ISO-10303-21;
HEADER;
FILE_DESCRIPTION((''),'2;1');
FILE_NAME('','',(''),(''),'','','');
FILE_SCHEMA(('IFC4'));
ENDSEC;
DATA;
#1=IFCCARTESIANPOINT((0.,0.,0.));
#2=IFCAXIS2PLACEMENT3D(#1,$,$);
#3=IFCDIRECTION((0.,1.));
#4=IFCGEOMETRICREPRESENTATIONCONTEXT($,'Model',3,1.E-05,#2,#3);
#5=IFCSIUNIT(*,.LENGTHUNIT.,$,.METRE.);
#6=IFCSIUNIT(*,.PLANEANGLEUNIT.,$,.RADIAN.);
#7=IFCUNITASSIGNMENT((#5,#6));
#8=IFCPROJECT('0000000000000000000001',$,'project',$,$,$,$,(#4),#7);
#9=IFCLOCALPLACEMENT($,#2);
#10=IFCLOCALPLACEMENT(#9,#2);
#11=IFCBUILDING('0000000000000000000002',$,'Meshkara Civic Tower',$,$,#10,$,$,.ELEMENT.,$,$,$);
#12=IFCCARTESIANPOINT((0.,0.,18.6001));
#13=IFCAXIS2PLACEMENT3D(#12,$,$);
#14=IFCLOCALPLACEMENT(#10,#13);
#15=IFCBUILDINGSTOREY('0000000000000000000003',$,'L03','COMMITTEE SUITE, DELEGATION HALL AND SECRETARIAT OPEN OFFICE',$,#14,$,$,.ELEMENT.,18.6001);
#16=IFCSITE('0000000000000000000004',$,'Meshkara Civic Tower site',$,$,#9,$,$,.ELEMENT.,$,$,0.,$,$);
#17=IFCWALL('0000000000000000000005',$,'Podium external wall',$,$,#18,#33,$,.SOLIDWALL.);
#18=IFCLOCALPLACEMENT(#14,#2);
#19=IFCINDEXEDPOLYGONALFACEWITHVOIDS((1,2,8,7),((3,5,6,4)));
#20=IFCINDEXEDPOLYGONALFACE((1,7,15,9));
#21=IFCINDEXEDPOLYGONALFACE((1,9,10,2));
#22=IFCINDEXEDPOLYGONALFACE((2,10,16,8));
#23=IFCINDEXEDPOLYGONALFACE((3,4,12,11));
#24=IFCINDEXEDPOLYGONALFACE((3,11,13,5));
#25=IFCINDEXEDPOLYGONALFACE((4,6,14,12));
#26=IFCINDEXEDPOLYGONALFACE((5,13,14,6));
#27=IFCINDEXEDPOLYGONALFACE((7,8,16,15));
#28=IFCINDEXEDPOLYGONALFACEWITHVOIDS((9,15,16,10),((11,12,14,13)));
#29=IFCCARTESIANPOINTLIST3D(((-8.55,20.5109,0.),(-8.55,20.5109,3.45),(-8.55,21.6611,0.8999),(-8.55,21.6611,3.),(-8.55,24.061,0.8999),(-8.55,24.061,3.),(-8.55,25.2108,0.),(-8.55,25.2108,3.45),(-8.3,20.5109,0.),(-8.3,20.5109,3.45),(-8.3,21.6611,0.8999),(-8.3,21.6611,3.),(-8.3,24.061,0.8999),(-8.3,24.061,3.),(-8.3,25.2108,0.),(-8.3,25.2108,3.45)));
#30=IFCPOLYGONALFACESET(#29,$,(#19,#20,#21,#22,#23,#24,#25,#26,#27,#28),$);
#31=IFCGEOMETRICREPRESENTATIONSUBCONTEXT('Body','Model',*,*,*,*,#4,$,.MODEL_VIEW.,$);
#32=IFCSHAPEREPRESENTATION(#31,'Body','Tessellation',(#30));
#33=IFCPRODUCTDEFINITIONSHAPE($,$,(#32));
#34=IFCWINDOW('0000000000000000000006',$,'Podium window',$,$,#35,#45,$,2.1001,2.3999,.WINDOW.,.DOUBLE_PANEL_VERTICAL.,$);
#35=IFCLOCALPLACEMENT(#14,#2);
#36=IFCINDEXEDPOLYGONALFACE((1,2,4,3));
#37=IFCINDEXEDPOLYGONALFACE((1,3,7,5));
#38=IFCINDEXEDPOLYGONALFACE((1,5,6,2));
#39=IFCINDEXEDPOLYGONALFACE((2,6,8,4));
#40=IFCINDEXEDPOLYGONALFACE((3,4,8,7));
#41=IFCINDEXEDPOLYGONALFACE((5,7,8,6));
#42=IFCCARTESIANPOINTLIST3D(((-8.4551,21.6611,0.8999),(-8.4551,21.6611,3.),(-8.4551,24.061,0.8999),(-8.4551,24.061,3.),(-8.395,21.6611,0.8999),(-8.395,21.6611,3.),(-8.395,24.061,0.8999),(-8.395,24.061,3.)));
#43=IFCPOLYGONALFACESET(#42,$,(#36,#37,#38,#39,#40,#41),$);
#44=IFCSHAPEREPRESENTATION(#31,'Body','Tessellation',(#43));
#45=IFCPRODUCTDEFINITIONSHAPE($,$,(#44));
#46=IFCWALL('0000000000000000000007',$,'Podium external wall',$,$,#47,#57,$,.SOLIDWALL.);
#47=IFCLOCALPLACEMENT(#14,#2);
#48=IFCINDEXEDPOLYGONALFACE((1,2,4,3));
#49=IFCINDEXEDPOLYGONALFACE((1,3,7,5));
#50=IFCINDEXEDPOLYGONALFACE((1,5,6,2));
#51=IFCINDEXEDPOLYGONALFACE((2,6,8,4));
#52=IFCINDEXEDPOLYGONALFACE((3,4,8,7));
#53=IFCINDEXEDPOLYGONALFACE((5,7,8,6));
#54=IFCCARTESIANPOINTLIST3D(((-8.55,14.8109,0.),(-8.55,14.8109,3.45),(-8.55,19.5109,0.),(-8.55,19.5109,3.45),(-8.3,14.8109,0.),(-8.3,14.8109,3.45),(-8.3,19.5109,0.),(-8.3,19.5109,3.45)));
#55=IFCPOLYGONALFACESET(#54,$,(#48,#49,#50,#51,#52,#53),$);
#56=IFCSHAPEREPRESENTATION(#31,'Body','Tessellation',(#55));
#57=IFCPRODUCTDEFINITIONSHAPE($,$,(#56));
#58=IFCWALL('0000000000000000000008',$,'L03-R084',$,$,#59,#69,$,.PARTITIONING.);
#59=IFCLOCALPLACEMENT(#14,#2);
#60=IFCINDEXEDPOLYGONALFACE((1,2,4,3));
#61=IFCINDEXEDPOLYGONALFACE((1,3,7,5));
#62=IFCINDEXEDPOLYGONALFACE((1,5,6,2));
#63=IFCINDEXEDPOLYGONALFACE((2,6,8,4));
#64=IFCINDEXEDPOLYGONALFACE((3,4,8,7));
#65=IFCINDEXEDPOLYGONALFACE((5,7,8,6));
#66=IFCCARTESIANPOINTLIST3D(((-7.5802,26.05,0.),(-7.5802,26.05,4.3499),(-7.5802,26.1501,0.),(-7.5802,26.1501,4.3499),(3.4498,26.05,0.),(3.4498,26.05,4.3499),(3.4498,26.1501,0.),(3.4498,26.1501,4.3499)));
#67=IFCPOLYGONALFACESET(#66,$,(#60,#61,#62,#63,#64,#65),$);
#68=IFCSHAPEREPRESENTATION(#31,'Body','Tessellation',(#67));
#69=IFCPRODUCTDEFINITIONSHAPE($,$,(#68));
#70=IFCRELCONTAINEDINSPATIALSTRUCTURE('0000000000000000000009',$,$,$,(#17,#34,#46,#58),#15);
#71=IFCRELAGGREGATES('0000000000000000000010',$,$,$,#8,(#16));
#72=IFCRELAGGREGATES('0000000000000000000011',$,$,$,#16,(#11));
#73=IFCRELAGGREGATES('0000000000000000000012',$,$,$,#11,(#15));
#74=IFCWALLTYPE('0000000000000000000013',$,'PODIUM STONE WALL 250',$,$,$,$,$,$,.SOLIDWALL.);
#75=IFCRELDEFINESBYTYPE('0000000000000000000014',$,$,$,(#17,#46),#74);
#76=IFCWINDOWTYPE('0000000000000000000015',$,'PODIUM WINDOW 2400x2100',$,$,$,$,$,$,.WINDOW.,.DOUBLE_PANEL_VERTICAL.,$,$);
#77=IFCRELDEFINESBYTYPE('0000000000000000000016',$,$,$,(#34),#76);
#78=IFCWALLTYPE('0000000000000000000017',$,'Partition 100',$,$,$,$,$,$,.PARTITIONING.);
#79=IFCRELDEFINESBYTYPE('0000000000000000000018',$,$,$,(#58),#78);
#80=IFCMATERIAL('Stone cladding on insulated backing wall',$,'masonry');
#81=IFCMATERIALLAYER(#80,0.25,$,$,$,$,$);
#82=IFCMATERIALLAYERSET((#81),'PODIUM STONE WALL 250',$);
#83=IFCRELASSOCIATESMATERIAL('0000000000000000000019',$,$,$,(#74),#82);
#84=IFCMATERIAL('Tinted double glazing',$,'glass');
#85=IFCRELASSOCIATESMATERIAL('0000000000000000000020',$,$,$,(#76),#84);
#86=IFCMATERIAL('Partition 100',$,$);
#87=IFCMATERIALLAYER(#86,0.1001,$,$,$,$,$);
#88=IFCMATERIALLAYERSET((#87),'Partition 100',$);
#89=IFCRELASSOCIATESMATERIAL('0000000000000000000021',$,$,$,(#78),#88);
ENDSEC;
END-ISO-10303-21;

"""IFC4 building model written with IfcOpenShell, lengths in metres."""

from ifc_helpers import new_model, si_unit, direction, frame, frame_2d, origin, place, context, subcontext, project, spatial, rectangle, extrude, material, layer, layer_set, type_object, element, fill, save


model = new_model("IFC4")

# Units and contexts
model_context = context("Model", 3, precision=1e-05, world=origin(), true_north=direction((0.0, 1.0)))
body_context = subcontext(model_context, "Body", "Model", "MODEL_VIEW")
ifc_project = project(units=[si_unit("LENGTHUNIT", "METRE"), si_unit("PLANEANGLEUNIT", "RADIAN")], contexts=[model_context])

# Site, building, storey
site_placement = place(None, origin())
site = spatial("IfcSite", under=ifc_project, at=site_placement, Name="Meshkara Civic Tower site", CompositionType="ELEMENT", RefElevation=0.0)
building_placement = place(site_placement, origin())
building = spatial("IfcBuilding", under=site, at=building_placement, Name="Meshkara Civic Tower", CompositionType="ELEMENT")
storey_placement = place(building_placement, frame((0.0, 0.0, 18.6001)))
storey = spatial("IfcBuildingStorey", under=building, at=storey_placement, Name="L03", Description="COMMITTEE SUITE, DELEGATION HALL AND SECRETARIAT OPEN OFFICE", CompositionType="ELEMENT", Elevation=18.6001)

# Shared definitions
ifc_material_1 = material(Name="Stone cladding on insulated backing wall", Category="masonry")
ifc_layer_1 = layer(ifc_material_1, 0.25)
ifc_layer_set_1 = layer_set([ifc_layer_1], Name="PODIUM STONE WALL 250")
wall_type_1 = type_object("IfcWallType", Name="PODIUM STONE WALL 250", PredefinedType="SOLIDWALL", material=ifc_layer_set_1)
ifc_material_2 = material(Name="Tinted double glazing", Category="glass")
window_type = type_object("IfcWindowType", Name="PODIUM WINDOW 2400x2100", PartitioningType="DOUBLE_PANEL_VERTICAL", PredefinedType="WINDOW", material=ifc_material_2)

# Wall, opening, window
wall_1_placement = place(storey_placement, frame((-8.425, 25.2109, 0.0), z_axis=(0.0, 0.0, 1.0), x_axis=(0.0, -1.0, 0.0)))
wall_1 = element("IfcWall", 1, at=wall_1_placement, inside=storey, type_object=wall_type_1, Name="Podium external wall", PredefinedType="SOLIDWALL", context=body_context, shape_type="SweptSolid", body=[
    extrude(rectangle(XDim=4.7, YDim=0.25, at=frame_2d((2.3501, 0.0))), origin(), (0.0, 0.0, 1.0), 3.45),
])
opening_1_placement = place(wall_1_placement, frame((1.1499, 0.0, 0.8999)))
opening_1 = element("IfcOpeningElement", 2, at=opening_1_placement, cuts=wall_1, PredefinedType="OPENING", context=body_context, shape_type="SweptSolid", body=[
    extrude(rectangle(XDim=2.3999, YDim=2.1001, at=frame_2d((1.2, 1.05))), frame((0.0, 0.135, 0.0), z_axis=(0.0, -1.0, 0.0), x_axis=(1.0, 0.0, 0.0)), (0.0, 0.0, 1.0), 0.27),
])
window_1_placement = place(opening_1_placement, origin())
window_1 = element("IfcWindow", 3, at=window_1_placement, inside=storey, type_object=window_type, Name="Podium window", OverallHeight=2.1001, OverallWidth=2.3999, PartitioningType="DOUBLE_PANEL_VERTICAL", PredefinedType="WINDOW", context=body_context, shape_type="SweptSolid", body=[
    extrude(rectangle(XDim=2.3999, YDim=2.1001, at=frame_2d((1.2, 1.05))), frame((0.0, 0.03, 0.0), z_axis=(0.0, -1.0, 0.0), x_axis=(1.0, 0.0, 0.0)), (0.0, 0.0, 1.0), 0.0601),
])
fill(opening_1, window_1)

# Walls
wall_2_placement = place(storey_placement, frame((-8.425, 19.511, 0.0), z_axis=(0.0, 0.0, 1.0), x_axis=(0.0, -1.0, 0.0)))
element("IfcWall", 4, at=wall_2_placement, inside=storey, type_object=wall_type_1, Name="Podium external wall", PredefinedType="SOLIDWALL", context=body_context, shape_type="SweptSolid", body=[
    extrude(rectangle(XDim=4.7, YDim=0.25, at=frame_2d((2.3501, 0.0))), origin(), (0.0, 0.0, 1.0), 3.45),
])
ifc_material_3 = material(Name="Partition 100")
ifc_layer_2 = layer(ifc_material_3, 0.1001)
ifc_layer_set_2 = layer_set([ifc_layer_2], Name="Partition 100")
wall_type_2 = type_object("IfcWallType", Name="Partition 100", PredefinedType="PARTITIONING", material=ifc_layer_set_2)
wall_3_placement = place(storey_placement, frame((3.45, 26.1001, 0.0), z_axis=(0.0, 0.0, 1.0), x_axis=(-1.0, 0.0, 0.0)))
element("IfcWall", 5, at=wall_3_placement, inside=storey, type_object=wall_type_2, Name="L03-R084", PredefinedType="PARTITIONING", context=body_context, shape_type="SweptSolid", body=[
    extrude(rectangle(XDim=11.03, YDim=0.1001, at=frame_2d((5.5151, 0.0))), origin(), (0.0, 0.0, 1.0), 4.3499),
])

save(model, "model.ifc")
